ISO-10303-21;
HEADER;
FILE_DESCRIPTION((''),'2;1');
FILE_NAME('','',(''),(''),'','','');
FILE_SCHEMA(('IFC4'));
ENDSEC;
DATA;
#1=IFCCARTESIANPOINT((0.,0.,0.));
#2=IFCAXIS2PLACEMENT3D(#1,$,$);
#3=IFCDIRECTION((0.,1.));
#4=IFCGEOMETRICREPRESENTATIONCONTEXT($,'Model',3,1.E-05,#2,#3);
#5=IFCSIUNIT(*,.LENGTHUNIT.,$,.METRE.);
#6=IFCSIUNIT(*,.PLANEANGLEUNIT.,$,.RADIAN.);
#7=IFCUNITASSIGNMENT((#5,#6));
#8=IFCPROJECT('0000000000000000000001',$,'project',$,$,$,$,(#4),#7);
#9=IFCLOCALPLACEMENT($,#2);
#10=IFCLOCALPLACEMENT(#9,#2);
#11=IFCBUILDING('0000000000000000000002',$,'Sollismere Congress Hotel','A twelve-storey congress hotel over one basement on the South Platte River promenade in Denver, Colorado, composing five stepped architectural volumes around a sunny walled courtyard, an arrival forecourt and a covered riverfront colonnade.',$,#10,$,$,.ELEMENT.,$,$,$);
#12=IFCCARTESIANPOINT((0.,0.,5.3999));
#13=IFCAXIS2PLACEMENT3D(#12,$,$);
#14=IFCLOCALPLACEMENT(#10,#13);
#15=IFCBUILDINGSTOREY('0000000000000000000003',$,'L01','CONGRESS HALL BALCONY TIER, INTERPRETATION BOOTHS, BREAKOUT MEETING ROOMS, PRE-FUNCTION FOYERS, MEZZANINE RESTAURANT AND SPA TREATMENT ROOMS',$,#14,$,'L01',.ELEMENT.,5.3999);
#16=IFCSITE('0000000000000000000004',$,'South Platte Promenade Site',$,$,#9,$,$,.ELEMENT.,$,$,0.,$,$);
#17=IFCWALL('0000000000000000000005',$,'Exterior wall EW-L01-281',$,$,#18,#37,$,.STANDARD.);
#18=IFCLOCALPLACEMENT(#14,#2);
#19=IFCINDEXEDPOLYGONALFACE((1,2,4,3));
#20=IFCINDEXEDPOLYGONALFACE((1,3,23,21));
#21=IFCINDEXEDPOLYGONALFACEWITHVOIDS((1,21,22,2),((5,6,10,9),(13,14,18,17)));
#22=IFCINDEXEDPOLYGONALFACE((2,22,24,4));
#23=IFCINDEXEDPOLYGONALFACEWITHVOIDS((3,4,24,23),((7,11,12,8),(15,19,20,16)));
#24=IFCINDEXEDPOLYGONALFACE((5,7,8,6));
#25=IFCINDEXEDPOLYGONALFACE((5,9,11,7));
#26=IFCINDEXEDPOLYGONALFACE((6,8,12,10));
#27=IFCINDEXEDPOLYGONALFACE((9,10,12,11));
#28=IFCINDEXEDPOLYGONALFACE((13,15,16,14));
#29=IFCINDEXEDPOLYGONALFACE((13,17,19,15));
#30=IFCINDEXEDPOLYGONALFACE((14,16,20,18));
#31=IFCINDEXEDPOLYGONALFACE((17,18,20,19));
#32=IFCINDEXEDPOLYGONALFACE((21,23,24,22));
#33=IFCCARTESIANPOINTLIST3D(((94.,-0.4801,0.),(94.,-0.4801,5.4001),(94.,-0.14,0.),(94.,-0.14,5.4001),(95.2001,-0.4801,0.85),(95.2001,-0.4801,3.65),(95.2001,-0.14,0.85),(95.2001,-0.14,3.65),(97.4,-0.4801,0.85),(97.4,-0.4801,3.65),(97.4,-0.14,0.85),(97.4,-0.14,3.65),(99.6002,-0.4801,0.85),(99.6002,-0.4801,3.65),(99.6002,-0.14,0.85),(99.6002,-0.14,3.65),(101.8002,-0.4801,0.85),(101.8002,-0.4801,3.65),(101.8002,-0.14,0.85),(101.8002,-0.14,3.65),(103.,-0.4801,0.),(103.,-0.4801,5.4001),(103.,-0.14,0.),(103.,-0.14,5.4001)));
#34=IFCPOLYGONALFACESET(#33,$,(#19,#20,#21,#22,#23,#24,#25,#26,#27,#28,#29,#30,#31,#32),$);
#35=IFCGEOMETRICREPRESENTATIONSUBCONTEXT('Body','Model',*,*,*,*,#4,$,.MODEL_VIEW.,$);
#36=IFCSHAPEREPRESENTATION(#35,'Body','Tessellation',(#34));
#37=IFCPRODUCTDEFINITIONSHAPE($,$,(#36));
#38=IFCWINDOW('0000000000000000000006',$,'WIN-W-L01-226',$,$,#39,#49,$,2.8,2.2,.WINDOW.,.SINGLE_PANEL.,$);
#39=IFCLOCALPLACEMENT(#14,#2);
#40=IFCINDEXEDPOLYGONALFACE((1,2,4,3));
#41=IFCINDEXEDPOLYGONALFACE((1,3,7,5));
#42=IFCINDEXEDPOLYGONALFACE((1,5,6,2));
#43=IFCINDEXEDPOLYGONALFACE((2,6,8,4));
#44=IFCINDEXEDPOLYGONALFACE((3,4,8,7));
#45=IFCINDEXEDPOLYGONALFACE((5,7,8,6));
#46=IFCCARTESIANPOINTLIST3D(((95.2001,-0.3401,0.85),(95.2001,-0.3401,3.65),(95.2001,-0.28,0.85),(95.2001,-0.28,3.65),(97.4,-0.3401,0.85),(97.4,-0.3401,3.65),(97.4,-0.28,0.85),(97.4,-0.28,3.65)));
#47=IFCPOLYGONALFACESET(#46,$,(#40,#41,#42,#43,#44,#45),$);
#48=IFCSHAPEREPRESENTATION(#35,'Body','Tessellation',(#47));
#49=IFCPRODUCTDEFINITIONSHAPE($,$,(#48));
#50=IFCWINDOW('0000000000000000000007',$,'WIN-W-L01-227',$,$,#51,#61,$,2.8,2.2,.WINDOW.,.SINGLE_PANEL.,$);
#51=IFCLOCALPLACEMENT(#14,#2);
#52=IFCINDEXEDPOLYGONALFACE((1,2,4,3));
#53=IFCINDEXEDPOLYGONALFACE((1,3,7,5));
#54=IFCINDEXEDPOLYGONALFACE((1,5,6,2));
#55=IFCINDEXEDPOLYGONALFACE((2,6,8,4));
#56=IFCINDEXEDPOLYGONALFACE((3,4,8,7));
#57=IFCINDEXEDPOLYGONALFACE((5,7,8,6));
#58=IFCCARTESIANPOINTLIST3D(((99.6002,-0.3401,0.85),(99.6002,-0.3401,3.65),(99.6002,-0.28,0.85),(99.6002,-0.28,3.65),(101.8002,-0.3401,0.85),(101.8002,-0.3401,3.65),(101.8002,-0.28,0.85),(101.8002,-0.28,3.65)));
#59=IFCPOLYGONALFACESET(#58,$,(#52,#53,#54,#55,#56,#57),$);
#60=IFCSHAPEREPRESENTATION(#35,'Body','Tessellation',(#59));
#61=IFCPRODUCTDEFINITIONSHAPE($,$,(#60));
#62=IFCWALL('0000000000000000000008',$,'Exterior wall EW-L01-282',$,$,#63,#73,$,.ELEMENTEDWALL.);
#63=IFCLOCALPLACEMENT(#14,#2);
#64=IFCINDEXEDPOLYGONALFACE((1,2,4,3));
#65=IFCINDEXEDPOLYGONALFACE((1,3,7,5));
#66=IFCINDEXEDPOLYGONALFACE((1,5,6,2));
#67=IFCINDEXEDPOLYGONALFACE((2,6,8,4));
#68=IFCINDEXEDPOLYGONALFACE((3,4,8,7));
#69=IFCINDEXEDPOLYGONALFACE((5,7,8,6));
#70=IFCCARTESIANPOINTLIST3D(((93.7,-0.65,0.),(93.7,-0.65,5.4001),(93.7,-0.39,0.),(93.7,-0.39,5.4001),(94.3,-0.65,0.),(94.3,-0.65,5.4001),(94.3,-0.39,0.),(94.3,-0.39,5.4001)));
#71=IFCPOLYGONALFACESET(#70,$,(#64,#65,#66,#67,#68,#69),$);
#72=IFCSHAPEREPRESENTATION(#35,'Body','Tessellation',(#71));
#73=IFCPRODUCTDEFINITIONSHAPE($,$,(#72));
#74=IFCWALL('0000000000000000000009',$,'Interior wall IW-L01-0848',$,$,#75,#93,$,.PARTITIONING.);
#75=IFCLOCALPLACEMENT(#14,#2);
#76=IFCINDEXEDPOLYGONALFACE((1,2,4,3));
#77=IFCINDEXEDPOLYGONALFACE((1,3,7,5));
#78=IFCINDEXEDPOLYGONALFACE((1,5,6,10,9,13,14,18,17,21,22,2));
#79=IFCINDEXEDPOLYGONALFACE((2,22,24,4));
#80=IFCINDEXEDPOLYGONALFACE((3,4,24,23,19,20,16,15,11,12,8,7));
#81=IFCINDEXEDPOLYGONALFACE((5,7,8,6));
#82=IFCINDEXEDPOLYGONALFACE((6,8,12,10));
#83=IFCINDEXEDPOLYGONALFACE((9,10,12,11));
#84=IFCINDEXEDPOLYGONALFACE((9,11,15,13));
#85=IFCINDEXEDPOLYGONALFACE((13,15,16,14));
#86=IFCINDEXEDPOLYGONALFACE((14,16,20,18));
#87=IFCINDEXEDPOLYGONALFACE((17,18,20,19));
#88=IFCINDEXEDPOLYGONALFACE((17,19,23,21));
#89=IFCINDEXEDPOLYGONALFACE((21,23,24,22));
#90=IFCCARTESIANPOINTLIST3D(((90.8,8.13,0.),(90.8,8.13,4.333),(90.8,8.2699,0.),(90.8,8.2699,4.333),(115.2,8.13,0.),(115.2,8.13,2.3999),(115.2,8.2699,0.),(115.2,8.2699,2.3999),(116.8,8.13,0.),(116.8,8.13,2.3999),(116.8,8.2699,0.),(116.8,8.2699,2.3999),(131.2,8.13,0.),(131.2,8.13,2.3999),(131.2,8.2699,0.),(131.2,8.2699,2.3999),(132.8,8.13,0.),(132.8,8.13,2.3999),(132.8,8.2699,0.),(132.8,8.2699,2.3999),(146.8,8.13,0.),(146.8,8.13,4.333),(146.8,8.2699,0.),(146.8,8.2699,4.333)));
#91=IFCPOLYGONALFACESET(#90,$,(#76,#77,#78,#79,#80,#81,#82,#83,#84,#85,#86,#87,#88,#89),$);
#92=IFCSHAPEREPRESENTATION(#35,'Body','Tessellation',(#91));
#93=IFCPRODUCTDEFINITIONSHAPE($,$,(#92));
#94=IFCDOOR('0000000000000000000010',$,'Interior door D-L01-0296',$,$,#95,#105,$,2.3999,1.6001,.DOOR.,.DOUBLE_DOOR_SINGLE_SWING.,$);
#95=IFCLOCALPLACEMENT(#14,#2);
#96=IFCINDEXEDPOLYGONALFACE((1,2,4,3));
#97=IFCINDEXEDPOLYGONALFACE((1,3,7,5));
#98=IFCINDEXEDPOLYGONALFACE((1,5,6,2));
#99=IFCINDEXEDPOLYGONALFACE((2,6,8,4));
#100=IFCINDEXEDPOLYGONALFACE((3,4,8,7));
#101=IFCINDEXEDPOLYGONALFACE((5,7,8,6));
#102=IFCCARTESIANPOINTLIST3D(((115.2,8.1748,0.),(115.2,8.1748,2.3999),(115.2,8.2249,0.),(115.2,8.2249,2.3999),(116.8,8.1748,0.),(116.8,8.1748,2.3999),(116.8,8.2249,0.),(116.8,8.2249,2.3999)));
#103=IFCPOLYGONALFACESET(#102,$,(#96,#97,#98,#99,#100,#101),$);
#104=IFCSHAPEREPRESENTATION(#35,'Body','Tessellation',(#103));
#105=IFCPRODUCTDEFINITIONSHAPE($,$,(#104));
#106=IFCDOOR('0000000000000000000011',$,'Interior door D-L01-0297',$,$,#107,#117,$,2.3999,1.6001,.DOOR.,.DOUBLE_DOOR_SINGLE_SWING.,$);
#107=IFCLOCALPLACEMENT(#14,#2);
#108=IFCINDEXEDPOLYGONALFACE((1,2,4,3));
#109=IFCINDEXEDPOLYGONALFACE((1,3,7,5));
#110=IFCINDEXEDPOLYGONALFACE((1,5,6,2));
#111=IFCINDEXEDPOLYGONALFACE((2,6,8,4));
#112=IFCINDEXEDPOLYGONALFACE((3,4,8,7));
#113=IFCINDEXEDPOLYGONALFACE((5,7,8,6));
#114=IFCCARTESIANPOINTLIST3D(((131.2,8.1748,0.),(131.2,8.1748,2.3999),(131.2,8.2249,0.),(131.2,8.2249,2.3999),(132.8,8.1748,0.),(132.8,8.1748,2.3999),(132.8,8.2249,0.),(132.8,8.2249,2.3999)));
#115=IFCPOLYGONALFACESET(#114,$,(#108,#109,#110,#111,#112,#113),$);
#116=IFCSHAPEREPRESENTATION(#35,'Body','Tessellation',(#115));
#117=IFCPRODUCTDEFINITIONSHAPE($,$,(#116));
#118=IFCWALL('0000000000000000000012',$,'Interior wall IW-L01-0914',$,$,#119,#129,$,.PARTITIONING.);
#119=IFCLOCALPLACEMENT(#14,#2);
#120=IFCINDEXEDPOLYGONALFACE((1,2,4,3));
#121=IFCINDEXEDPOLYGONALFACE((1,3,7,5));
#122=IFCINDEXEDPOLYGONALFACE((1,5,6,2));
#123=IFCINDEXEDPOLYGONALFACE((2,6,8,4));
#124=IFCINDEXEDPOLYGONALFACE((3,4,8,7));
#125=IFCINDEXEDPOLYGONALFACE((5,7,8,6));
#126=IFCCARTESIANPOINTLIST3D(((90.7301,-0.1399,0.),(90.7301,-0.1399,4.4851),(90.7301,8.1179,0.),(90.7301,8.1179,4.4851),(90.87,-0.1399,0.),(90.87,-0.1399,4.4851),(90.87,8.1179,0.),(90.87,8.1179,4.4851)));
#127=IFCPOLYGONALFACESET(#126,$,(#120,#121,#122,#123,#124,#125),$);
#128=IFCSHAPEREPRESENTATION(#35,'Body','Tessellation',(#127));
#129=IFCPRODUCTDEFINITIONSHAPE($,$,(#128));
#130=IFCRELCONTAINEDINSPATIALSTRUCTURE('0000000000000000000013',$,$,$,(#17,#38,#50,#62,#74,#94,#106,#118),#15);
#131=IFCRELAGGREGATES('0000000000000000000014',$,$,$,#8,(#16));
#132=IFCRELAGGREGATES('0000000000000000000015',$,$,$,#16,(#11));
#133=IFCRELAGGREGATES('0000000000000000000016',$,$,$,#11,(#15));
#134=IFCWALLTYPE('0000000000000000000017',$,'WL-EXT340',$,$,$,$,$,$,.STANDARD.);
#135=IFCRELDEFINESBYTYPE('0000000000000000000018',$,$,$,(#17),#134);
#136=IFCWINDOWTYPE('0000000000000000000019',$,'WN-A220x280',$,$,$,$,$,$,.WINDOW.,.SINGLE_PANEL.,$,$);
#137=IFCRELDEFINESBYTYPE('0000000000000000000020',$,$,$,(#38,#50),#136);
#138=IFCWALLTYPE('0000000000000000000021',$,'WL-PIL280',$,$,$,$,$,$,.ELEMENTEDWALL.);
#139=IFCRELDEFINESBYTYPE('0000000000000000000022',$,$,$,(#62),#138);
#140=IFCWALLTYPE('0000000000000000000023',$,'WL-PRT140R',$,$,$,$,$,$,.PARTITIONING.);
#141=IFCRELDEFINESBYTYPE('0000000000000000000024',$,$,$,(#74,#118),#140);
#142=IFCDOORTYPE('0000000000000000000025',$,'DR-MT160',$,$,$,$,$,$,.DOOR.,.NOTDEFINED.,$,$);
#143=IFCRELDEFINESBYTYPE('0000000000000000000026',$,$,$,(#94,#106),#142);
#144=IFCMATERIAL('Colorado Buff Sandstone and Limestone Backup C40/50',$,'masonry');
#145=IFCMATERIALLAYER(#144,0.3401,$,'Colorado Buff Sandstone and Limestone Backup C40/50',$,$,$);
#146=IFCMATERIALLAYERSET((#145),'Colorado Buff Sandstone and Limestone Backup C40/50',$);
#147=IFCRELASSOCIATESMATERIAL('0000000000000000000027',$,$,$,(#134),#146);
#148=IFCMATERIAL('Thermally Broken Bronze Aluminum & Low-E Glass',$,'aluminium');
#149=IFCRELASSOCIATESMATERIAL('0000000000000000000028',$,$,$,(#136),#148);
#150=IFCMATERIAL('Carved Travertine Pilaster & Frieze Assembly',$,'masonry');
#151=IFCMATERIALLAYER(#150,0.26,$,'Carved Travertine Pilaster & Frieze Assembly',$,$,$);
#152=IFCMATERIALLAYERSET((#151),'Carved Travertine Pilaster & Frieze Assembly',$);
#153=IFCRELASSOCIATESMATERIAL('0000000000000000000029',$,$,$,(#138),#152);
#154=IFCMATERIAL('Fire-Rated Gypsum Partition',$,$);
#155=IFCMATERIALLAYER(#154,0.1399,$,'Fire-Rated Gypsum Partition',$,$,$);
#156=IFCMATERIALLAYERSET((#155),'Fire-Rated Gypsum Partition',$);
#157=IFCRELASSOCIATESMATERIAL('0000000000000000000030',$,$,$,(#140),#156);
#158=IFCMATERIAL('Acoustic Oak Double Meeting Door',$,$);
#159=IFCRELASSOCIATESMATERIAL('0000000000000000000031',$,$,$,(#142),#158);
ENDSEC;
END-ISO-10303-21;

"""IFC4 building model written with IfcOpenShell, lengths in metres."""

from ifc_helpers import new_model, si_unit, direction, frame, frame_2d, origin, place, context, subcontext, project, spatial, rectangle, extrude, material, layer, layer_set, type_object, element, fill, save


model = new_model("IFC4")

# Units and contexts
model_context = context("Model", 3, precision=1e-05, world=origin(), true_north=direction((0.0, 1.0)))
body_context = subcontext(model_context, "Body", "Model", "MODEL_VIEW")
ifc_project = project(units=[si_unit("LENGTHUNIT", "METRE"), si_unit("PLANEANGLEUNIT", "RADIAN")], contexts=[model_context])

# Site, building, storey
site_placement = place(None, origin())
site = spatial("IfcSite", under=ifc_project, at=site_placement, Name="South Platte Promenade Site", CompositionType="ELEMENT", RefElevation=0.0)
building_placement = place(site_placement, origin())
building = spatial("IfcBuilding", under=site, at=building_placement, Name="Sollismere Congress Hotel", Description="A twelve-storey congress hotel over one basement on the South Platte River promenade in Denver, Colorado, composing five stepped architectural volumes around a sunny walled courtyard, an arrival forecourt and a covered riverfront colonnade.", CompositionType="ELEMENT")
storey_placement = place(building_placement, frame((0.0, 0.0, 5.3999)))
storey = spatial("IfcBuildingStorey", under=building, at=storey_placement, Name="L01", Description="CONGRESS HALL BALCONY TIER, INTERPRETATION BOOTHS, BREAKOUT MEETING ROOMS, PRE-FUNCTION FOYERS, MEZZANINE RESTAURANT AND SPA TREATMENT ROOMS", LongName="L01", CompositionType="ELEMENT", Elevation=5.3999)

# Wall, openings, windows
ifc_material_1 = material(Name="Colorado Buff Sandstone and Limestone Backup C40/50", Category="masonry")
ifc_layer_1 = layer(ifc_material_1, 0.3401, Name="Colorado Buff Sandstone and Limestone Backup C40/50")
ifc_layer_set_1 = layer_set([ifc_layer_1], Name="Colorado Buff Sandstone and Limestone Backup C40/50")
wall_type_1 = type_object("IfcWallType", Name="WL-EXT340", PredefinedType="STANDARD", material=ifc_layer_set_1)
wall_1_placement = place(storey_placement, frame((94.0, -0.3101, 0.0), z_axis=(0.0, 0.0, 1.0), x_axis=(1.0, 0.0, 0.0)))
wall_1 = element("IfcWall", 1, at=wall_1_placement, inside=storey, type_object=wall_type_1, Name="Exterior wall EW-L01-281", PredefinedType="STANDARD", context=body_context, shape_type="SweptSolid", body=[
    extrude(rectangle(XDim=9.0, YDim=0.3401, at=frame_2d((4.5, 0.0))), origin(), (0.0, 0.0, 1.0), 5.4001),
])
opening_1_placement = place(wall_1_placement, frame((1.2, 0.0, 0.8501)))
opening_1 = element("IfcOpeningElement", 2, at=opening_1_placement, cuts=wall_1, PredefinedType="OPENING", context=body_context, shape_type="SweptSolid", body=[
    extrude(rectangle(XDim=2.2, YDim=2.8, at=frame_2d((1.1001, 1.3999))), frame((0.0, 0.1799, 0.0), z_axis=(0.0, -1.0, 0.0), x_axis=(1.0, 0.0, 0.0)), (0.0, 0.0, 1.0), 0.3601),
])
opening_2_placement = place(wall_1_placement, frame((5.6001, 0.0, 0.8501)))
opening_2 = element("IfcOpeningElement", 3, at=opening_2_placement, cuts=wall_1, PredefinedType="OPENING", context=body_context, shape_type="SweptSolid", body=[
    extrude(rectangle(XDim=2.2, YDim=2.8, at=frame_2d((1.1001, 1.3999))), frame((0.0, 0.1799, 0.0), z_axis=(0.0, -1.0, 0.0), x_axis=(1.0, 0.0, 0.0)), (0.0, 0.0, 1.0), 0.3601),
])
ifc_material_2 = material(Name="Thermally Broken Bronze Aluminum & Low-E Glass", Category="aluminium")
window_type = type_object("IfcWindowType", Name="WN-A220x280", PartitioningType="SINGLE_PANEL", PredefinedType="WINDOW", material=ifc_material_2)
window_1_placement = place(opening_1_placement, origin())
window_1 = element("IfcWindow", 4, at=window_1_placement, inside=storey, type_object=window_type, Name="WIN-W-L01-226", OverallHeight=2.8, OverallWidth=2.2, PartitioningType="SINGLE_PANEL", PredefinedType="WINDOW", context=body_context, shape_type="SweptSolid", body=[
    extrude(rectangle(XDim=2.2, YDim=2.8, at=frame_2d((1.1001, 1.3999))), frame((0.0, 0.03, 0.0), z_axis=(0.0, -1.0, 0.0), x_axis=(1.0, 0.0, 0.0)), (0.0, 0.0, 1.0), 0.0601),
])
fill(opening_1, window_1)
window_2_placement = place(opening_2_placement, origin())
window_2 = element("IfcWindow", 5, at=window_2_placement, inside=storey, type_object=window_type, Name="WIN-W-L01-227", OverallHeight=2.8, OverallWidth=2.2, PartitioningType="SINGLE_PANEL", PredefinedType="WINDOW", context=body_context, shape_type="SweptSolid", body=[
    extrude(rectangle(XDim=2.2, YDim=2.8, at=frame_2d((1.1001, 1.3999))), frame((0.0, 0.03, 0.0), z_axis=(0.0, -1.0, 0.0), x_axis=(1.0, 0.0, 0.0)), (0.0, 0.0, 1.0), 0.0601),
])
fill(opening_2, window_2)

# Wall
ifc_material_3 = material(Name="Carved Travertine Pilaster & Frieze Assembly", Category="masonry")
ifc_layer_2 = layer(ifc_material_3, 0.26, Name="Carved Travertine Pilaster & Frieze Assembly")
ifc_layer_set_2 = layer_set([ifc_layer_2], Name="Carved Travertine Pilaster & Frieze Assembly")
wall_type_2 = type_object("IfcWallType", Name="WL-PIL280", PredefinedType="ELEMENTEDWALL", material=ifc_layer_set_2)
wall_2_placement = place(storey_placement, frame((93.7, -0.52, 0.0), z_axis=(0.0, 0.0, 1.0), x_axis=(1.0, 0.0, 0.0)))
element("IfcWall", 6, at=wall_2_placement, inside=storey, type_object=wall_type_2, Name="Exterior wall EW-L01-282", PredefinedType="ELEMENTEDWALL", context=body_context, shape_type="SweptSolid", body=[
    extrude(rectangle(XDim=0.6001, YDim=0.26, at=frame_2d((0.3, 0.0))), origin(), (0.0, 0.0, 1.0), 5.4001),
])

# Wall, openings, doors
ifc_material_4 = material(Name="Fire-Rated Gypsum Partition")
ifc_layer_3 = layer(ifc_material_4, 0.1399, Name="Fire-Rated Gypsum Partition")
ifc_layer_set_3 = layer_set([ifc_layer_3], Name="Fire-Rated Gypsum Partition")
wall_type_3 = type_object("IfcWallType", Name="WL-PRT140R", PredefinedType="PARTITIONING", material=ifc_layer_set_3)
wall_3_placement = place(storey_placement, frame((90.8, 8.2, 0.0), z_axis=(0.0, 0.0, 1.0), x_axis=(1.0, 0.0, 0.0)))
wall_3 = element("IfcWall", 7, at=wall_3_placement, inside=storey, type_object=wall_type_3, Name="Interior wall IW-L01-0848", PredefinedType="PARTITIONING", context=body_context, shape_type="SweptSolid", body=[
    extrude(rectangle(XDim=56.0, YDim=0.1399, at=frame_2d((28.0, 0.0))), origin(), (0.0, 0.0, 1.0), 4.333),
])
opening_3_placement = place(wall_3_placement, frame((24.3999, 0.0, 0.0)))
opening_3 = element("IfcOpeningElement", 8, at=opening_3_placement, cuts=wall_3, PredefinedType="OPENING", context=body_context, shape_type="SweptSolid", body=[
    extrude(rectangle(XDim=1.6001, YDim=2.3999, at=frame_2d((0.8, 1.2))), frame((0.0, 0.0798, 0.0), z_axis=(0.0, -1.0, 0.0), x_axis=(1.0, 0.0, 0.0)), (0.0, 0.0, 1.0), 0.1599),
])
opening_4_placement = place(wall_3_placement, frame((40.3999, 0.0, 0.0)))
opening_4 = element("IfcOpeningElement", 9, at=opening_4_placement, cuts=wall_3, PredefinedType="OPENING", context=body_context, shape_type="SweptSolid", body=[
    extrude(rectangle(XDim=1.6001, YDim=2.3999, at=frame_2d((0.8, 1.2))), frame((0.0, 0.0798, 0.0), z_axis=(0.0, -1.0, 0.0), x_axis=(1.0, 0.0, 0.0)), (0.0, 0.0, 1.0), 0.1599),
])
ifc_material_5 = material(Name="Acoustic Oak Double Meeting Door")
door_type = type_object("IfcDoorType", Name="DR-MT160", OperationType="NOTDEFINED", PredefinedType="DOOR", material=ifc_material_5)
door_1_placement = place(opening_3_placement, origin())
door_1 = element("IfcDoor", 10, at=door_1_placement, inside=storey, type_object=door_type, Name="Interior door D-L01-0296", OperationType="DOUBLE_DOOR_SINGLE_SWING", OverallHeight=2.3999, OverallWidth=1.6001, PredefinedType="DOOR", context=body_context, shape_type="SweptSolid", body=[
    extrude(rectangle(XDim=1.6001, YDim=2.3999, at=frame_2d((0.8, 1.2))), frame((0.0, 0.0249, 0.0), z_axis=(0.0, -1.0, 0.0), x_axis=(1.0, 0.0, 0.0)), (0.0, 0.0, 1.0), 0.05),
])
fill(opening_3, door_1)
door_2_placement = place(opening_4_placement, origin())
door_2 = element("IfcDoor", 11, at=door_2_placement, inside=storey, type_object=door_type, Name="Interior door D-L01-0297", OperationType="DOUBLE_DOOR_SINGLE_SWING", OverallHeight=2.3999, OverallWidth=1.6001, PredefinedType="DOOR", context=body_context, shape_type="SweptSolid", body=[
    extrude(rectangle(XDim=1.6001, YDim=2.3999, at=frame_2d((0.8, 1.2))), frame((0.0, 0.0249, 0.0), z_axis=(0.0, -1.0, 0.0), x_axis=(1.0, 0.0, 0.0)), (0.0, 0.0, 1.0), 0.05),
])
fill(opening_4, door_2)

# Wall
wall_4_placement = place(storey_placement, frame((90.8, -0.1399, 0.0), z_axis=(0.0, 0.0, 1.0), x_axis=(0.0, 1.0, 0.0)))
element("IfcWall", 12, at=wall_4_placement, inside=storey, type_object=wall_type_3, Name="Interior wall IW-L01-0914", PredefinedType="PARTITIONING", context=body_context, shape_type="SweptSolid", body=[
    extrude(rectangle(XDim=8.2578, YDim=0.1399, at=frame_2d((4.1289, 0.0))), origin(), (0.0, 0.0, 1.0), 4.4851),
])

save(model, "model.ifc")
